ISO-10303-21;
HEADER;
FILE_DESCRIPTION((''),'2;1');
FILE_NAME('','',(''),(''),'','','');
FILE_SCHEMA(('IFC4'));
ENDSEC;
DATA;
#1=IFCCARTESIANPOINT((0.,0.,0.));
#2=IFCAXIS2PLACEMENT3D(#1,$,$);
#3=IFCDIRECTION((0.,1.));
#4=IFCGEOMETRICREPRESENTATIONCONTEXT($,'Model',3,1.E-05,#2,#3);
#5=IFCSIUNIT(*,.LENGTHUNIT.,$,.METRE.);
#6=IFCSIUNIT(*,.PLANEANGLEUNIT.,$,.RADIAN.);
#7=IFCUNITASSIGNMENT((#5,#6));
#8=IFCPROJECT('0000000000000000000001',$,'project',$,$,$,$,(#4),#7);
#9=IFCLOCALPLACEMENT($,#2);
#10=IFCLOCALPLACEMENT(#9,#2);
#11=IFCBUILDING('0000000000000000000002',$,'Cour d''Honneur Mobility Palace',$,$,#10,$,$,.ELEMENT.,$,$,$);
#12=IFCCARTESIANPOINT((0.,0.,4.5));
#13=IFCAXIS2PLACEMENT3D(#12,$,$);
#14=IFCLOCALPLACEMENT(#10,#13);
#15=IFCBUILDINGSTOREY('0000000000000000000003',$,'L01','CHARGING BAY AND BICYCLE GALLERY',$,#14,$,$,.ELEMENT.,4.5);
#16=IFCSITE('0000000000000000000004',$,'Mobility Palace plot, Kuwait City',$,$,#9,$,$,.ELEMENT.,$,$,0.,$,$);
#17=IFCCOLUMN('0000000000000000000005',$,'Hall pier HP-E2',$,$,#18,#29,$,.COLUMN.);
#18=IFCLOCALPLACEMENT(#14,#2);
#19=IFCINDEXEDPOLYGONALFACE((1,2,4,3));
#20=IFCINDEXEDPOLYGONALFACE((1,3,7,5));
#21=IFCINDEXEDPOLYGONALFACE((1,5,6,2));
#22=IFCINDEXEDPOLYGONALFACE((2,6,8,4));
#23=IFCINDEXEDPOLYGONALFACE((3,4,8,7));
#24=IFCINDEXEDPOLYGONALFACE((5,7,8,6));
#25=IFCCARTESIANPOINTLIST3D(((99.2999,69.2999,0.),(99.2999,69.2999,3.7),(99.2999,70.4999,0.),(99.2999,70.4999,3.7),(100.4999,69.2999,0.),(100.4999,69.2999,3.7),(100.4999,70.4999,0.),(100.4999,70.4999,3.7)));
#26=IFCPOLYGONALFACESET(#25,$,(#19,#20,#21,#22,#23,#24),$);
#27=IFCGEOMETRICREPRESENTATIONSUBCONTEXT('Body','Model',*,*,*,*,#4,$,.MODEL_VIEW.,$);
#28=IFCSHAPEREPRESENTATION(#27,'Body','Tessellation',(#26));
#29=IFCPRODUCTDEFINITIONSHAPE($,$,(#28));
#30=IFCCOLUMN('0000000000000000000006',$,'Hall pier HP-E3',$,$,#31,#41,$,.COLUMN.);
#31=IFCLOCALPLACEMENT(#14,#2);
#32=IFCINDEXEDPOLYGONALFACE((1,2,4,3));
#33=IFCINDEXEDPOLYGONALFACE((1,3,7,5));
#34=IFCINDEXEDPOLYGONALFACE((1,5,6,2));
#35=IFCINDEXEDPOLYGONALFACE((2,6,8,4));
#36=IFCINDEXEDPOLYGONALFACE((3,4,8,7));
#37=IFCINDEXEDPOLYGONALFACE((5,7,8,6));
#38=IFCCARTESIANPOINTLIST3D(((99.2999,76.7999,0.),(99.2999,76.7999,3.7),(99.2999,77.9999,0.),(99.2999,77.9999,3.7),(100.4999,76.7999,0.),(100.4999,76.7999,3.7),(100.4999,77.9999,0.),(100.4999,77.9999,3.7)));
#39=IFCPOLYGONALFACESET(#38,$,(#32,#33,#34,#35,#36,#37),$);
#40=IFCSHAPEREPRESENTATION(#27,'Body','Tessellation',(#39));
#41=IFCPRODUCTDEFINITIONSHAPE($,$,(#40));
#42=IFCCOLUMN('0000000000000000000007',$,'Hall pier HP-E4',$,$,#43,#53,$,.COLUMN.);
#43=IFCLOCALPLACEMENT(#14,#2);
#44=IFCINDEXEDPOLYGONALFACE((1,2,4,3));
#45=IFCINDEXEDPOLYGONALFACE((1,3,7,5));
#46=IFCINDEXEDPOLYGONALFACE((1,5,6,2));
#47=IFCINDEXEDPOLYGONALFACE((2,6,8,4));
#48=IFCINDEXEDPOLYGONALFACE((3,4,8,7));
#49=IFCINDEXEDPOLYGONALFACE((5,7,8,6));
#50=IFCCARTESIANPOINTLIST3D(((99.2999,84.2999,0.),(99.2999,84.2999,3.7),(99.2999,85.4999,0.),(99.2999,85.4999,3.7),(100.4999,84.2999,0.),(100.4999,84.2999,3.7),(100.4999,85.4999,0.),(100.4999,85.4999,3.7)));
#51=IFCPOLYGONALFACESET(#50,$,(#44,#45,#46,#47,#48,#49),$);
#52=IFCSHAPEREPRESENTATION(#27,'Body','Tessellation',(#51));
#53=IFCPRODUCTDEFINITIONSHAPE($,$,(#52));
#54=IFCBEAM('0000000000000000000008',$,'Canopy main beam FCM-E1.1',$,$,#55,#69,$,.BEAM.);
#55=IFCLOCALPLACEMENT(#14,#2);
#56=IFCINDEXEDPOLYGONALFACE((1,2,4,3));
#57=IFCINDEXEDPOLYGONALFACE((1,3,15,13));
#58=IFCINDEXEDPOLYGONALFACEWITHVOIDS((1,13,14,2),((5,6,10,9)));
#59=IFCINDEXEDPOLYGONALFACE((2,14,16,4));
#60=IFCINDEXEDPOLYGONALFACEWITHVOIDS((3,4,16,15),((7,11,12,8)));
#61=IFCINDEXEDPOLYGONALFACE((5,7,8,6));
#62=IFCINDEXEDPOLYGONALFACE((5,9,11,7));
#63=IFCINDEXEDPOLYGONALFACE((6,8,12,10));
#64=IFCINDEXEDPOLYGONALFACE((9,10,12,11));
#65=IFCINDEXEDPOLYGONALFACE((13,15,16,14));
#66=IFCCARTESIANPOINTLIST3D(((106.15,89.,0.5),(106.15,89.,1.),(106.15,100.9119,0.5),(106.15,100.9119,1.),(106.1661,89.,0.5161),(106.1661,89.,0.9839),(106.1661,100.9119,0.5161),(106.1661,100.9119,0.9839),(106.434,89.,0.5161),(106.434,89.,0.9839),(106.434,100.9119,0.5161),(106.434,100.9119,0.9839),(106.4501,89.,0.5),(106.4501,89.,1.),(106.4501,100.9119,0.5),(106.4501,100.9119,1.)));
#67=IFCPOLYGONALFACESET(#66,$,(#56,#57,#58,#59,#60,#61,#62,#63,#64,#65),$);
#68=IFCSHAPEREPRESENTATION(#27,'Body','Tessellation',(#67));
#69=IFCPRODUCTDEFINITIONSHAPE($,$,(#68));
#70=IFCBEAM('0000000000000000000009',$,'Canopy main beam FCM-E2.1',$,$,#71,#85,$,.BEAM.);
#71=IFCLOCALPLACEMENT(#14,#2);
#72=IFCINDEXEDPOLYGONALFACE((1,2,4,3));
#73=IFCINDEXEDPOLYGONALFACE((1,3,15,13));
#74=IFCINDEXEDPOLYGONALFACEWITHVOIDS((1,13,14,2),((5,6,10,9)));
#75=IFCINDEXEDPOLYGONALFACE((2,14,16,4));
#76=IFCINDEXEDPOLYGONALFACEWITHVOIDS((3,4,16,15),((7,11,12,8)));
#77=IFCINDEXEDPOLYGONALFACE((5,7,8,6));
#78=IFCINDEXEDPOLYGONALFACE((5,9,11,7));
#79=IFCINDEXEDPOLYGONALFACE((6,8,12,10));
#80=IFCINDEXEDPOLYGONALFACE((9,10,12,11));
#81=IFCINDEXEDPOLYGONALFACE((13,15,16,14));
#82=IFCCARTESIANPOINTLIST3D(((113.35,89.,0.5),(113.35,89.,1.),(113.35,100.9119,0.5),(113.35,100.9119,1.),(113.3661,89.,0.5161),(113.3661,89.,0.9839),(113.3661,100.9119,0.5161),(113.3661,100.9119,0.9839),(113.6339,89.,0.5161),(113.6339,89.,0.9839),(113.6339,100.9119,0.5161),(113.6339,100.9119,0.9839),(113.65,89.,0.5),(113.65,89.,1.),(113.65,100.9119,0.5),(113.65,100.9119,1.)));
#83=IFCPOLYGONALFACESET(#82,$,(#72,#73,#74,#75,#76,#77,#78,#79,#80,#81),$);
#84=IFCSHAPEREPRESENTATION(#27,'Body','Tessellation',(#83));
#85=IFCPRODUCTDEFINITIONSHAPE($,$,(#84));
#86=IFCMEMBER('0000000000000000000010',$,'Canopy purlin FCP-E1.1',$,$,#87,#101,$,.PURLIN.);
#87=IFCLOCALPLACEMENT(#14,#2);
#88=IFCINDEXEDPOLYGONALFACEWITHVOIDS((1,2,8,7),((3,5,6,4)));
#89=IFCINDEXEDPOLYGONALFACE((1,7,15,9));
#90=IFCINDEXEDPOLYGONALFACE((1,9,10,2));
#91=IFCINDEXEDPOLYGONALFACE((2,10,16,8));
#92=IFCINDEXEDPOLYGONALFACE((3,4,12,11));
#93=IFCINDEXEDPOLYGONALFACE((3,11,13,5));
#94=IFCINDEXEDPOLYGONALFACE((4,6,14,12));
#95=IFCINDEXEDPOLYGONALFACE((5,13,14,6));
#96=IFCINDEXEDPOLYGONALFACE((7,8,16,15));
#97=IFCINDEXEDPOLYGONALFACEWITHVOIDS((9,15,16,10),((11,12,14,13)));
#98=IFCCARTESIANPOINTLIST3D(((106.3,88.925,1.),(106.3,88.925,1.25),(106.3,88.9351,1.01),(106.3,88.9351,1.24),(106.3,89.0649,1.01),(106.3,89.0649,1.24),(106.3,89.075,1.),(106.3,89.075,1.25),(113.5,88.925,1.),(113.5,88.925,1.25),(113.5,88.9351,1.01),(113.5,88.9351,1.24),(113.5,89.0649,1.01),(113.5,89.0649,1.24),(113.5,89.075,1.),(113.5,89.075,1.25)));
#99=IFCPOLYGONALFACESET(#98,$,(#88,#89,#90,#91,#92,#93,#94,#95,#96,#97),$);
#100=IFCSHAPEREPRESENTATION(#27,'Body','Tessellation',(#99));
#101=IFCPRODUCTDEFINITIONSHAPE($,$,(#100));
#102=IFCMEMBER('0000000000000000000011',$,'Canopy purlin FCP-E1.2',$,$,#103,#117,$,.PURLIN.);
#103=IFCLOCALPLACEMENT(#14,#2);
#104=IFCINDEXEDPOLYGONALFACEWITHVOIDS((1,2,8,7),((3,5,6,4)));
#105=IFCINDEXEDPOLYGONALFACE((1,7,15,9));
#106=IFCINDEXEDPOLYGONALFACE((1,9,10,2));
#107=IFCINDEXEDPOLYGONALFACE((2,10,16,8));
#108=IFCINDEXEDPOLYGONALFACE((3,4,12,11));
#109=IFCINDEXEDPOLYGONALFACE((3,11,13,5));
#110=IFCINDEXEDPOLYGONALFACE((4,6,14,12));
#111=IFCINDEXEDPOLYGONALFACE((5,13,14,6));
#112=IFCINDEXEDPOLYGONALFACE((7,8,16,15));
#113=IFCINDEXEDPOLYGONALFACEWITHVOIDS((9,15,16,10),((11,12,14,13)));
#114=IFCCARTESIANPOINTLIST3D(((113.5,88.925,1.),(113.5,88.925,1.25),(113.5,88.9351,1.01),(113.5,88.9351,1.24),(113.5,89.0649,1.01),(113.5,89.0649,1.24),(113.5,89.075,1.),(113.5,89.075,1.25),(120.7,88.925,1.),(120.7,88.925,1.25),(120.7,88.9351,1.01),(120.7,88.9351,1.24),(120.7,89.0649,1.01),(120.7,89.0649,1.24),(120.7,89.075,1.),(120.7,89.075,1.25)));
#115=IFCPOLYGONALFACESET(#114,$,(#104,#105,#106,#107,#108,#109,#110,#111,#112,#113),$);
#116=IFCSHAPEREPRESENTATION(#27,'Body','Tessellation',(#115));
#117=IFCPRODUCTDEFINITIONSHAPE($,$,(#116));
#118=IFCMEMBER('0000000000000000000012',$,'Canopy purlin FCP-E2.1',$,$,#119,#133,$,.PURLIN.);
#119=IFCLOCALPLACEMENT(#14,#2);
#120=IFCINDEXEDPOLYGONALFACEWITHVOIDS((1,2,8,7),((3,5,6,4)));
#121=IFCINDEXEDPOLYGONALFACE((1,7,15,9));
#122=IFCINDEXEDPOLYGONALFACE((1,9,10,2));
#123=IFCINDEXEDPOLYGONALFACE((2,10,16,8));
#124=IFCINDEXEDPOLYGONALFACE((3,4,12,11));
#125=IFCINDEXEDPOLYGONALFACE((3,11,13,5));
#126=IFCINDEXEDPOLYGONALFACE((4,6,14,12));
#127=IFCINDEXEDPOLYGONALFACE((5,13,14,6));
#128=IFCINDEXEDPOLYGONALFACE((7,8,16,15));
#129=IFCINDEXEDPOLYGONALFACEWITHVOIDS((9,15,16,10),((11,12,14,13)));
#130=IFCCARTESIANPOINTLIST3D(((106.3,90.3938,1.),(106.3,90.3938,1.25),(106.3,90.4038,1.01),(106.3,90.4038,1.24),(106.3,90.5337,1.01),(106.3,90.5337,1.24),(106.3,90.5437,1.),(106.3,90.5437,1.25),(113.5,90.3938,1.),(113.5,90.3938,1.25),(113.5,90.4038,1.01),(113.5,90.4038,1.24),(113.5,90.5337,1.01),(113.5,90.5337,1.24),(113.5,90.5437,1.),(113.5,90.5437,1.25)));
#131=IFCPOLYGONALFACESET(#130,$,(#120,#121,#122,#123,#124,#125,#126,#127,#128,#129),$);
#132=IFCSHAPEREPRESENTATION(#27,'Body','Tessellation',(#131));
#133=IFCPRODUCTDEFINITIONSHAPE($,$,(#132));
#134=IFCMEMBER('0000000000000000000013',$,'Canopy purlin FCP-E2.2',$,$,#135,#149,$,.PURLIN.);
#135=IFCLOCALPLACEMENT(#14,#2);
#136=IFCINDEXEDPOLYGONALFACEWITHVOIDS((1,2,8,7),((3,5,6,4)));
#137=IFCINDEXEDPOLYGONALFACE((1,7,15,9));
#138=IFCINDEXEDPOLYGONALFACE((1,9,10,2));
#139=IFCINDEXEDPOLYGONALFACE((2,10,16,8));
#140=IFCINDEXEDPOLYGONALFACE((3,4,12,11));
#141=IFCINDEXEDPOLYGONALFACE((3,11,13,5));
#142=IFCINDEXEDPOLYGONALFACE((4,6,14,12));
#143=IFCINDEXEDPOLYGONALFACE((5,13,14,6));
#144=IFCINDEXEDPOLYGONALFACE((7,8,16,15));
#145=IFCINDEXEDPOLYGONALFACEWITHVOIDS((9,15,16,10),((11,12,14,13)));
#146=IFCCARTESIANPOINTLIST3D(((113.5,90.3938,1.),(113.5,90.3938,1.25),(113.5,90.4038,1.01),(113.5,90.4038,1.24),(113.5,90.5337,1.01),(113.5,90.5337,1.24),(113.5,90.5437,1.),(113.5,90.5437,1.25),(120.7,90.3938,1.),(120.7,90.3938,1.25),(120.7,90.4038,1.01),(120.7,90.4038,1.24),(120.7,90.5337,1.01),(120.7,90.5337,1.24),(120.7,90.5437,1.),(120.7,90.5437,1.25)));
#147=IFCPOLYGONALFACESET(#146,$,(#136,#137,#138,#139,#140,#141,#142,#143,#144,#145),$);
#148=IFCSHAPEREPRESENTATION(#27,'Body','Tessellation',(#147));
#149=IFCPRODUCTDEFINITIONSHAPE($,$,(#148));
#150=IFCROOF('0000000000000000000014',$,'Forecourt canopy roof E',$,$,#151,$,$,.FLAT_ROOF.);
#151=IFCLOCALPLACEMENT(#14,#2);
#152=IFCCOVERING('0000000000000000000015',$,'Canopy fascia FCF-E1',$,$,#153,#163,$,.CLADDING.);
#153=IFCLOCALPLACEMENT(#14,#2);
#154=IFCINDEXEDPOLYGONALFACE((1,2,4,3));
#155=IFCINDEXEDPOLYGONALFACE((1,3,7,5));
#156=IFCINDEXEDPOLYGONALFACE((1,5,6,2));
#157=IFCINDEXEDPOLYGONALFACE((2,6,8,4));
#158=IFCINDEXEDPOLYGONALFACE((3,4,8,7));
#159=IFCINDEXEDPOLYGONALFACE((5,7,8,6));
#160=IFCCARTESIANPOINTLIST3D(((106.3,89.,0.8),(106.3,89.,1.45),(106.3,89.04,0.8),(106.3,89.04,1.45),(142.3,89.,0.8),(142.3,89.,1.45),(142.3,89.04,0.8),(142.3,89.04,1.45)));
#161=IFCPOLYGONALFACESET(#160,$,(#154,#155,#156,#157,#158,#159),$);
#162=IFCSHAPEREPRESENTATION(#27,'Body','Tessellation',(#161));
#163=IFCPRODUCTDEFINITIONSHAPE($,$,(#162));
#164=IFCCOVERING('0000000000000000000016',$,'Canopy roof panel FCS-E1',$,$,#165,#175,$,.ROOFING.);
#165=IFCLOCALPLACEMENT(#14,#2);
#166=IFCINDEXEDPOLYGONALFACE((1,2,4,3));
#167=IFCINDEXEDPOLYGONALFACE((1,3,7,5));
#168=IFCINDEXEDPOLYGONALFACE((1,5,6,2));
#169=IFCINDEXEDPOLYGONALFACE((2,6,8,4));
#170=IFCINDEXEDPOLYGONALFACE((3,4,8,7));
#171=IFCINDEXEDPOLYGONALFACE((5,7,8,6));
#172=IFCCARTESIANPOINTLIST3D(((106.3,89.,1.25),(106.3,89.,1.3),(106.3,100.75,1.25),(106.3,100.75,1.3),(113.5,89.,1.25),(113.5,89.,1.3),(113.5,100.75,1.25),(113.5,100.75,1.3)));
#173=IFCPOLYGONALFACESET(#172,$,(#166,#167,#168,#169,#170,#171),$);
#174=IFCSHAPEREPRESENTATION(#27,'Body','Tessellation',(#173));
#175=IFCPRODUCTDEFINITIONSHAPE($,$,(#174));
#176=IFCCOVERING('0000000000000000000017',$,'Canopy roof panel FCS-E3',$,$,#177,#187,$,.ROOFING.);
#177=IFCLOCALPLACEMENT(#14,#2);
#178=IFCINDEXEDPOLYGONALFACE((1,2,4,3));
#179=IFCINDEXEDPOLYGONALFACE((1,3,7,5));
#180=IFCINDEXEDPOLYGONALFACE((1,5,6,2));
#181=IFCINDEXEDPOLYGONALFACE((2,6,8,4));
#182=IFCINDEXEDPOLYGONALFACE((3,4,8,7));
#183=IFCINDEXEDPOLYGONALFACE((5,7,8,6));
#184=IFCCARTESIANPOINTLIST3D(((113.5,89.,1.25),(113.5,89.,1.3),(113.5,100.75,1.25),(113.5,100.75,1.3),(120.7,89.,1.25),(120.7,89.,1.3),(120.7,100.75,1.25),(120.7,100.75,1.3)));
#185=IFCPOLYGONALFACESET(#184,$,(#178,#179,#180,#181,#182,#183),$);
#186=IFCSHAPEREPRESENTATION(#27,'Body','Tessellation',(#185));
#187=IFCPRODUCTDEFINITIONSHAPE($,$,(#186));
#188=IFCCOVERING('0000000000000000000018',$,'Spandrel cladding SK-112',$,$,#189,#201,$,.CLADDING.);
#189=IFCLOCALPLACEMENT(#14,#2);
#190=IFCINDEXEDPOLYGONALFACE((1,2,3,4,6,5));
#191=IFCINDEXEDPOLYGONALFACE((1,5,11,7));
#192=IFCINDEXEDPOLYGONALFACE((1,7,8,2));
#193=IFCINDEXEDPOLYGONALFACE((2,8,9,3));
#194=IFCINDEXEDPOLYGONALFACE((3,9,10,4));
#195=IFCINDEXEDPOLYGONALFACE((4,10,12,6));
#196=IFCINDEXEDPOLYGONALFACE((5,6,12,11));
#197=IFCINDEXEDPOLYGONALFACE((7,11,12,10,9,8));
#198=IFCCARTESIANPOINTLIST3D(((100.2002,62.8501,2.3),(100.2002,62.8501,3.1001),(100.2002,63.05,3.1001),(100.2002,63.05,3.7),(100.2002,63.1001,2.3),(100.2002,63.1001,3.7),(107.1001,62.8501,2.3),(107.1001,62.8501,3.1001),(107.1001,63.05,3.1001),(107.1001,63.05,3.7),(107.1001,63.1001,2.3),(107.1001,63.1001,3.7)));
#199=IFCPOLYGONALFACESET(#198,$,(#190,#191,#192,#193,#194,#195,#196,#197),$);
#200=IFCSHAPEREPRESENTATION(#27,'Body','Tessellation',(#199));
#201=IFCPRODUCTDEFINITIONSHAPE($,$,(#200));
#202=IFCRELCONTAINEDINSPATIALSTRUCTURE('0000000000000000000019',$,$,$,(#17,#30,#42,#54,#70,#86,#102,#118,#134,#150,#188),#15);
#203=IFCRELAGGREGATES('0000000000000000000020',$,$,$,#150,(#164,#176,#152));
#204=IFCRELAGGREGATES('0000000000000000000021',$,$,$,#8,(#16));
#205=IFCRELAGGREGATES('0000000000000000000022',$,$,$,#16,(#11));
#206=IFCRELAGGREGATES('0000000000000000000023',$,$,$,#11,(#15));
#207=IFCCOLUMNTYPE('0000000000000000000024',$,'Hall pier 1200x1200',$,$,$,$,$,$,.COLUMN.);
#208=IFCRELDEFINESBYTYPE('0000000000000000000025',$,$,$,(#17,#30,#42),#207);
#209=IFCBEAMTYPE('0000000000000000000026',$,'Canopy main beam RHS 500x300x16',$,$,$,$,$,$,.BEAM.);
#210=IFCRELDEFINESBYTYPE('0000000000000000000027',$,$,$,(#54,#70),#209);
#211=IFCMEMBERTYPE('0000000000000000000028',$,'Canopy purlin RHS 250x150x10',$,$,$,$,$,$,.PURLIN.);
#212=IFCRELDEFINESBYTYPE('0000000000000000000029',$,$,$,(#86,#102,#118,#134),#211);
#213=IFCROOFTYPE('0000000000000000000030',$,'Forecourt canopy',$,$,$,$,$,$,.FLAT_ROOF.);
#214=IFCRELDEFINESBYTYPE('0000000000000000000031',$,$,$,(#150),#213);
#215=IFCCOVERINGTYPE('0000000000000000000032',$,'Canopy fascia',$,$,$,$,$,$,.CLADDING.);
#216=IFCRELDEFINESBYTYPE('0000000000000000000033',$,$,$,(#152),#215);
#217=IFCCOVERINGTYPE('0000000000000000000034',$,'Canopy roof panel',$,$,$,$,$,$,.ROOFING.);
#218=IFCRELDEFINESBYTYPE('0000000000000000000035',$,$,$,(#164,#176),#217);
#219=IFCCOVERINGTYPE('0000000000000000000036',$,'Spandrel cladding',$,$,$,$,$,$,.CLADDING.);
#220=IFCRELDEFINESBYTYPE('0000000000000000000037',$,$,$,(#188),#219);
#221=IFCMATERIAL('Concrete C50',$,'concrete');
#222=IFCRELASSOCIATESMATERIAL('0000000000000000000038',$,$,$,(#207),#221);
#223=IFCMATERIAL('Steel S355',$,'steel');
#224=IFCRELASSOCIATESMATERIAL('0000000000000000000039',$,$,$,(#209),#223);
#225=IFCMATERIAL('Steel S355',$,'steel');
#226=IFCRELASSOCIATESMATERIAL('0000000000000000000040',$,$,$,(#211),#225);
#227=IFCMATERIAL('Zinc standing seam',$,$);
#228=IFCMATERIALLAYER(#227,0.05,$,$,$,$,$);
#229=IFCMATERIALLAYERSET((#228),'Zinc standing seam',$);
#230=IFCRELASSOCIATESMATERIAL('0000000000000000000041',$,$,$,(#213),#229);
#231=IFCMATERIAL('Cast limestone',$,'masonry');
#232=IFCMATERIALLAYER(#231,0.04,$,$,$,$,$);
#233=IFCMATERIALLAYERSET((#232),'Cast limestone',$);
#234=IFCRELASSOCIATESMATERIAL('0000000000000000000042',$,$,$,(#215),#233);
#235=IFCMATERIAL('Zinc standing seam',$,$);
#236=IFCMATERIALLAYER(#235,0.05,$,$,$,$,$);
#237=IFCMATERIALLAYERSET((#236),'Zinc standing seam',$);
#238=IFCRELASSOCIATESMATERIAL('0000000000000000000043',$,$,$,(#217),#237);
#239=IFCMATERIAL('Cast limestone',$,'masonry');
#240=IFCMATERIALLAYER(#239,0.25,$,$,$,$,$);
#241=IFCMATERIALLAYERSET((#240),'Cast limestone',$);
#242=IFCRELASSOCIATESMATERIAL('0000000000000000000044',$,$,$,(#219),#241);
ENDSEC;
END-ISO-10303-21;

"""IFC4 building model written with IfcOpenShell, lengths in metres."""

from ifc_helpers import new_model, si_unit, direction, frame, origin, origin_2d, place, context, subcontext, project, spatial, polyline, rectangle, hollow_rectangle, outline, extrude, material, layer, layer_set, material_profile, profile_set, type_object, element, aggregate, save


model = new_model("IFC4")

# Units and contexts
model_context = context("Model", 3, precision=1e-05, world=origin(), true_north=direction((0.0, 1.0)))
body_context = subcontext(model_context, "Body", "Model", "MODEL_VIEW")
ifc_project = project(units=[si_unit("LENGTHUNIT", "METRE"), si_unit("PLANEANGLEUNIT", "RADIAN")], contexts=[model_context])

# Site, building, storey
site_placement = place(None, origin())
site = spatial("IfcSite", under=ifc_project, at=site_placement, Name="Mobility Palace plot, Kuwait City", CompositionType="ELEMENT", RefElevation=0.0)
building_placement = place(site_placement, origin())
building = spatial("IfcBuilding", under=site, at=building_placement, Name="Cour d'Honneur Mobility Palace", CompositionType="ELEMENT")
storey_placement = place(building_placement, frame((0.0, 0.0, 4.5)))
storey = spatial("IfcBuildingStorey", under=building, at=storey_placement, Name="L01", Description="CHARGING BAY AND BICYCLE GALLERY", CompositionType="ELEMENT", Elevation=4.5)

# Columns
ifc_material_1 = material(Name="Concrete C50", Category="concrete")
ifc_material_profile_1 = material_profile(ifc_material_1, rectangle(XDim=1.2, YDim=1.2, at=origin_2d()), Name="Hall pier 1200x1200")
ifc_profile_set_1 = profile_set([ifc_material_profile_1], Name="Concrete C50")
column_type = type_object("IfcColumnType", Name="Hall pier 1200x1200", PredefinedType="COLUMN", material=ifc_profile_set_1)
for number, where, z_axis, x_axis, name in (
    (1, (99.8999, 69.8999, 0.0), (0.0, 0.0, 1.0), (1.0, 0.0, 0.0), "Hall pier HP-E2"),
    (2, (99.8999, 77.3999, 0.0), (0.0, 0.0, 1.0), (1.0, 0.0, 0.0), "Hall pier HP-E3"),
    (3, (99.8999, 84.8999, 0.0), (0.0, 0.0, 1.0), (1.0, 0.0, 0.0), "Hall pier HP-E4"),
):
    element("IfcColumn", number, at=place(storey_placement, frame(where, z_axis=z_axis, x_axis=x_axis)), inside=storey, type_object=column_type, Name=name, PredefinedType="COLUMN", context=body_context, shape_type="SweptSolid", body=[
        extrude(rectangle(XDim=1.2, YDim=1.2, at=origin_2d()), origin(), (0.0, 0.0, 1.0), 3.7),
    ])

# Beams
ifc_material_2 = material(Name="Steel S355", Category="steel")
ifc_material_profile_2 = material_profile(ifc_material_2, hollow_rectangle(XDim=0.3, YDim=0.5, WallThickness=0.0161, at=origin_2d()), Name="RHS 500x300x16")
ifc_profile_set_2 = profile_set([ifc_material_profile_2], Name="Steel S355")
beam_type = type_object("IfcBeamType", Name="Canopy main beam RHS 500x300x16", PredefinedType="BEAM", material=ifc_profile_set_2)
for number, where, z_axis, x_axis, name in (
    (4, (106.3, 89.0, 0.75), (0.0, 1.0, 0.0), (-1.0, 0.0, 0.0), "Canopy main beam FCM-E1.1"),
    (5, (113.5, 89.0, 0.75), (0.0, 1.0, 0.0), (-1.0, 0.0, 0.0), "Canopy main beam FCM-E2.1"),
):
    element("IfcBeam", number, at=place(storey_placement, frame(where, z_axis=z_axis, x_axis=x_axis)), inside=storey, type_object=beam_type, Name=name, PredefinedType="BEAM", context=body_context, shape_type="SweptSolid", body=[
        extrude(hollow_rectangle(XDim=0.3, YDim=0.5, WallThickness=0.0161, at=origin_2d()), origin(), (0.0, 0.0, 1.0), 11.9119),
    ])

# Members
ifc_material_3 = material(Name="Steel S355", Category="steel")
ifc_material_profile_3 = material_profile(ifc_material_3, hollow_rectangle(XDim=0.1499, YDim=0.25, WallThickness=0.01, at=origin_2d()), Name="RHS 250x150x10")
ifc_profile_set_3 = profile_set([ifc_material_profile_3], Name="Steel S355")
member_type = type_object("IfcMemberType", Name="Canopy purlin RHS 250x150x10", PredefinedType="PURLIN", material=ifc_profile_set_3)
for number, where, z_axis, x_axis, name in (
    (6, (106.3, 89.0, 1.125), (1.0, 0.0, 0.0), (0.0, 1.0, 0.0), "Canopy purlin FCP-E1.1"),
    (7, (113.5, 89.0, 1.125), (1.0, 0.0, 0.0), (0.0, 1.0, 0.0), "Canopy purlin FCP-E1.2"),
    (8, (106.3, 90.4688, 1.125), (1.0, 0.0, 0.0), (0.0, 1.0, 0.0), "Canopy purlin FCP-E2.1"),
    (9, (113.5, 90.4688, 1.125), (1.0, 0.0, 0.0), (0.0, 1.0, 0.0), "Canopy purlin FCP-E2.2"),
):
    element("IfcMember", number, at=place(storey_placement, frame(where, z_axis=z_axis, x_axis=x_axis)), inside=storey, type_object=member_type, Name=name, PredefinedType="PURLIN", context=body_context, shape_type="SweptSolid", body=[
        extrude(hollow_rectangle(XDim=0.1499, YDim=0.25, WallThickness=0.01, at=origin_2d()), origin(), (0.0, 0.0, 1.0), 7.2),
    ])

# Roof, coverings
ifc_material_4 = material(Name="Zinc standing seam")
ifc_layer_1 = layer(ifc_material_4, 0.05)
ifc_layer_set_1 = layer_set([ifc_layer_1], Name="Zinc standing seam")
roof_type = type_object("IfcRoofType", Name="Forecourt canopy", PredefinedType="FLAT_ROOF", material=ifc_layer_set_1)
roof_placement = place(storey_placement, origin())
roof = element("IfcRoof", 10, at=roof_placement, inside=storey, type_object=roof_type, Name="Forecourt canopy roof E", PredefinedType="FLAT_ROOF")
ifc_material_5 = material(Name="Cast limestone", Category="masonry")
ifc_layer_2 = layer(ifc_material_5, 0.04)
ifc_layer_set_2 = layer_set([ifc_layer_2], Name="Cast limestone")
covering_type_1 = type_object("IfcCoveringType", Name="Canopy fascia", PredefinedType="CLADDING", material=ifc_layer_set_2)
covering_1_placement = place(storey_placement, frame((106.3, 89.0, 0.8), z_axis=(0.0, -1.0, 0.0), x_axis=(1.0, 0.0, 0.0)))
covering_1 = element("IfcCovering", 11, at=covering_1_placement, type_object=covering_type_1, Name="Canopy fascia FCF-E1", PredefinedType="CLADDING", context=body_context, shape_type="SweptSolid", body=[
    extrude(outline(polyline([(0.0, 0.0), (36.0, 0.0), (36.0, 0.6499), (0.0, 0.6499), (0.0, 0.0)])), origin(), (0.0, 0.0, -1.0), 0.04),
])
ifc_material_6 = material(Name="Zinc standing seam")
ifc_layer_3 = layer(ifc_material_6, 0.05)
ifc_layer_set_3 = layer_set([ifc_layer_3], Name="Zinc standing seam")
covering_type_2 = type_object("IfcCoveringType", Name="Canopy roof panel", PredefinedType="ROOFING", material=ifc_layer_set_3)
covering_2_placement = place(storey_placement, frame((106.3, 89.0, 1.3), z_axis=(0.0, 0.0, 1.0), x_axis=(1.0, 0.0, 0.0)))
covering_2 = element("IfcCovering", 12, at=covering_2_placement, type_object=covering_type_2, Name="Canopy roof panel FCS-E1", PredefinedType="ROOFING", context=body_context, shape_type="SweptSolid", body=[
    extrude(outline(polyline([(0.0, 0.0), (7.2, 0.0), (7.2, 11.75), (0.0, 11.75), (0.0, 0.0)])), origin(), (0.0, 0.0, -1.0), 0.05),
])
covering_3_placement = place(storey_placement, frame((113.5, 89.0, 1.3), z_axis=(0.0, 0.0, 1.0), x_axis=(1.0, 0.0, 0.0)))
covering_3 = element("IfcCovering", 13, at=covering_3_placement, type_object=covering_type_2, Name="Canopy roof panel FCS-E3", PredefinedType="ROOFING", context=body_context, shape_type="SweptSolid", body=[
    extrude(outline(polyline([(0.0, 0.0), (7.2, 0.0), (7.2, 11.75), (0.0, 11.75), (0.0, 0.0)])), origin(), (0.0, 0.0, -1.0), 0.05),
])
aggregate(roof, [covering_2, covering_3, covering_1])

# Covering
ifc_material_7 = material(Name="Cast limestone", Category="masonry")
ifc_layer_4 = layer(ifc_material_7, 0.25)
ifc_layer_set_4 = layer_set([ifc_layer_4], Name="Cast limestone")
covering_type_3 = type_object("IfcCoveringType", Name="Spandrel cladding", PredefinedType="CLADDING", material=ifc_layer_set_4)
for number, where, z_axis, x_axis, name in (
    (14, (107.1001, 62.8501, 2.3), (1.0, 0.0, 0.0), (0.0, 1.0, 0.0), "Spandrel cladding SK-112"),
):
    element("IfcCovering", number, at=place(storey_placement, frame(where, z_axis=z_axis, x_axis=x_axis)), inside=storey, type_object=covering_type_3, Name=name, PredefinedType="CLADDING", context=body_context, shape_type="SweptSolid", body=[
        extrude(outline(polyline([(0.0, 0.0), (0.25, 0.0), (0.25, 1.3999), (0.2, 1.3999), (0.2, 0.8), (0.0, 0.8), (0.0, 0.0)])), origin(), (0.0, 0.0, -1.0), 6.8999),
    ])

save(model, "model.ifc")
